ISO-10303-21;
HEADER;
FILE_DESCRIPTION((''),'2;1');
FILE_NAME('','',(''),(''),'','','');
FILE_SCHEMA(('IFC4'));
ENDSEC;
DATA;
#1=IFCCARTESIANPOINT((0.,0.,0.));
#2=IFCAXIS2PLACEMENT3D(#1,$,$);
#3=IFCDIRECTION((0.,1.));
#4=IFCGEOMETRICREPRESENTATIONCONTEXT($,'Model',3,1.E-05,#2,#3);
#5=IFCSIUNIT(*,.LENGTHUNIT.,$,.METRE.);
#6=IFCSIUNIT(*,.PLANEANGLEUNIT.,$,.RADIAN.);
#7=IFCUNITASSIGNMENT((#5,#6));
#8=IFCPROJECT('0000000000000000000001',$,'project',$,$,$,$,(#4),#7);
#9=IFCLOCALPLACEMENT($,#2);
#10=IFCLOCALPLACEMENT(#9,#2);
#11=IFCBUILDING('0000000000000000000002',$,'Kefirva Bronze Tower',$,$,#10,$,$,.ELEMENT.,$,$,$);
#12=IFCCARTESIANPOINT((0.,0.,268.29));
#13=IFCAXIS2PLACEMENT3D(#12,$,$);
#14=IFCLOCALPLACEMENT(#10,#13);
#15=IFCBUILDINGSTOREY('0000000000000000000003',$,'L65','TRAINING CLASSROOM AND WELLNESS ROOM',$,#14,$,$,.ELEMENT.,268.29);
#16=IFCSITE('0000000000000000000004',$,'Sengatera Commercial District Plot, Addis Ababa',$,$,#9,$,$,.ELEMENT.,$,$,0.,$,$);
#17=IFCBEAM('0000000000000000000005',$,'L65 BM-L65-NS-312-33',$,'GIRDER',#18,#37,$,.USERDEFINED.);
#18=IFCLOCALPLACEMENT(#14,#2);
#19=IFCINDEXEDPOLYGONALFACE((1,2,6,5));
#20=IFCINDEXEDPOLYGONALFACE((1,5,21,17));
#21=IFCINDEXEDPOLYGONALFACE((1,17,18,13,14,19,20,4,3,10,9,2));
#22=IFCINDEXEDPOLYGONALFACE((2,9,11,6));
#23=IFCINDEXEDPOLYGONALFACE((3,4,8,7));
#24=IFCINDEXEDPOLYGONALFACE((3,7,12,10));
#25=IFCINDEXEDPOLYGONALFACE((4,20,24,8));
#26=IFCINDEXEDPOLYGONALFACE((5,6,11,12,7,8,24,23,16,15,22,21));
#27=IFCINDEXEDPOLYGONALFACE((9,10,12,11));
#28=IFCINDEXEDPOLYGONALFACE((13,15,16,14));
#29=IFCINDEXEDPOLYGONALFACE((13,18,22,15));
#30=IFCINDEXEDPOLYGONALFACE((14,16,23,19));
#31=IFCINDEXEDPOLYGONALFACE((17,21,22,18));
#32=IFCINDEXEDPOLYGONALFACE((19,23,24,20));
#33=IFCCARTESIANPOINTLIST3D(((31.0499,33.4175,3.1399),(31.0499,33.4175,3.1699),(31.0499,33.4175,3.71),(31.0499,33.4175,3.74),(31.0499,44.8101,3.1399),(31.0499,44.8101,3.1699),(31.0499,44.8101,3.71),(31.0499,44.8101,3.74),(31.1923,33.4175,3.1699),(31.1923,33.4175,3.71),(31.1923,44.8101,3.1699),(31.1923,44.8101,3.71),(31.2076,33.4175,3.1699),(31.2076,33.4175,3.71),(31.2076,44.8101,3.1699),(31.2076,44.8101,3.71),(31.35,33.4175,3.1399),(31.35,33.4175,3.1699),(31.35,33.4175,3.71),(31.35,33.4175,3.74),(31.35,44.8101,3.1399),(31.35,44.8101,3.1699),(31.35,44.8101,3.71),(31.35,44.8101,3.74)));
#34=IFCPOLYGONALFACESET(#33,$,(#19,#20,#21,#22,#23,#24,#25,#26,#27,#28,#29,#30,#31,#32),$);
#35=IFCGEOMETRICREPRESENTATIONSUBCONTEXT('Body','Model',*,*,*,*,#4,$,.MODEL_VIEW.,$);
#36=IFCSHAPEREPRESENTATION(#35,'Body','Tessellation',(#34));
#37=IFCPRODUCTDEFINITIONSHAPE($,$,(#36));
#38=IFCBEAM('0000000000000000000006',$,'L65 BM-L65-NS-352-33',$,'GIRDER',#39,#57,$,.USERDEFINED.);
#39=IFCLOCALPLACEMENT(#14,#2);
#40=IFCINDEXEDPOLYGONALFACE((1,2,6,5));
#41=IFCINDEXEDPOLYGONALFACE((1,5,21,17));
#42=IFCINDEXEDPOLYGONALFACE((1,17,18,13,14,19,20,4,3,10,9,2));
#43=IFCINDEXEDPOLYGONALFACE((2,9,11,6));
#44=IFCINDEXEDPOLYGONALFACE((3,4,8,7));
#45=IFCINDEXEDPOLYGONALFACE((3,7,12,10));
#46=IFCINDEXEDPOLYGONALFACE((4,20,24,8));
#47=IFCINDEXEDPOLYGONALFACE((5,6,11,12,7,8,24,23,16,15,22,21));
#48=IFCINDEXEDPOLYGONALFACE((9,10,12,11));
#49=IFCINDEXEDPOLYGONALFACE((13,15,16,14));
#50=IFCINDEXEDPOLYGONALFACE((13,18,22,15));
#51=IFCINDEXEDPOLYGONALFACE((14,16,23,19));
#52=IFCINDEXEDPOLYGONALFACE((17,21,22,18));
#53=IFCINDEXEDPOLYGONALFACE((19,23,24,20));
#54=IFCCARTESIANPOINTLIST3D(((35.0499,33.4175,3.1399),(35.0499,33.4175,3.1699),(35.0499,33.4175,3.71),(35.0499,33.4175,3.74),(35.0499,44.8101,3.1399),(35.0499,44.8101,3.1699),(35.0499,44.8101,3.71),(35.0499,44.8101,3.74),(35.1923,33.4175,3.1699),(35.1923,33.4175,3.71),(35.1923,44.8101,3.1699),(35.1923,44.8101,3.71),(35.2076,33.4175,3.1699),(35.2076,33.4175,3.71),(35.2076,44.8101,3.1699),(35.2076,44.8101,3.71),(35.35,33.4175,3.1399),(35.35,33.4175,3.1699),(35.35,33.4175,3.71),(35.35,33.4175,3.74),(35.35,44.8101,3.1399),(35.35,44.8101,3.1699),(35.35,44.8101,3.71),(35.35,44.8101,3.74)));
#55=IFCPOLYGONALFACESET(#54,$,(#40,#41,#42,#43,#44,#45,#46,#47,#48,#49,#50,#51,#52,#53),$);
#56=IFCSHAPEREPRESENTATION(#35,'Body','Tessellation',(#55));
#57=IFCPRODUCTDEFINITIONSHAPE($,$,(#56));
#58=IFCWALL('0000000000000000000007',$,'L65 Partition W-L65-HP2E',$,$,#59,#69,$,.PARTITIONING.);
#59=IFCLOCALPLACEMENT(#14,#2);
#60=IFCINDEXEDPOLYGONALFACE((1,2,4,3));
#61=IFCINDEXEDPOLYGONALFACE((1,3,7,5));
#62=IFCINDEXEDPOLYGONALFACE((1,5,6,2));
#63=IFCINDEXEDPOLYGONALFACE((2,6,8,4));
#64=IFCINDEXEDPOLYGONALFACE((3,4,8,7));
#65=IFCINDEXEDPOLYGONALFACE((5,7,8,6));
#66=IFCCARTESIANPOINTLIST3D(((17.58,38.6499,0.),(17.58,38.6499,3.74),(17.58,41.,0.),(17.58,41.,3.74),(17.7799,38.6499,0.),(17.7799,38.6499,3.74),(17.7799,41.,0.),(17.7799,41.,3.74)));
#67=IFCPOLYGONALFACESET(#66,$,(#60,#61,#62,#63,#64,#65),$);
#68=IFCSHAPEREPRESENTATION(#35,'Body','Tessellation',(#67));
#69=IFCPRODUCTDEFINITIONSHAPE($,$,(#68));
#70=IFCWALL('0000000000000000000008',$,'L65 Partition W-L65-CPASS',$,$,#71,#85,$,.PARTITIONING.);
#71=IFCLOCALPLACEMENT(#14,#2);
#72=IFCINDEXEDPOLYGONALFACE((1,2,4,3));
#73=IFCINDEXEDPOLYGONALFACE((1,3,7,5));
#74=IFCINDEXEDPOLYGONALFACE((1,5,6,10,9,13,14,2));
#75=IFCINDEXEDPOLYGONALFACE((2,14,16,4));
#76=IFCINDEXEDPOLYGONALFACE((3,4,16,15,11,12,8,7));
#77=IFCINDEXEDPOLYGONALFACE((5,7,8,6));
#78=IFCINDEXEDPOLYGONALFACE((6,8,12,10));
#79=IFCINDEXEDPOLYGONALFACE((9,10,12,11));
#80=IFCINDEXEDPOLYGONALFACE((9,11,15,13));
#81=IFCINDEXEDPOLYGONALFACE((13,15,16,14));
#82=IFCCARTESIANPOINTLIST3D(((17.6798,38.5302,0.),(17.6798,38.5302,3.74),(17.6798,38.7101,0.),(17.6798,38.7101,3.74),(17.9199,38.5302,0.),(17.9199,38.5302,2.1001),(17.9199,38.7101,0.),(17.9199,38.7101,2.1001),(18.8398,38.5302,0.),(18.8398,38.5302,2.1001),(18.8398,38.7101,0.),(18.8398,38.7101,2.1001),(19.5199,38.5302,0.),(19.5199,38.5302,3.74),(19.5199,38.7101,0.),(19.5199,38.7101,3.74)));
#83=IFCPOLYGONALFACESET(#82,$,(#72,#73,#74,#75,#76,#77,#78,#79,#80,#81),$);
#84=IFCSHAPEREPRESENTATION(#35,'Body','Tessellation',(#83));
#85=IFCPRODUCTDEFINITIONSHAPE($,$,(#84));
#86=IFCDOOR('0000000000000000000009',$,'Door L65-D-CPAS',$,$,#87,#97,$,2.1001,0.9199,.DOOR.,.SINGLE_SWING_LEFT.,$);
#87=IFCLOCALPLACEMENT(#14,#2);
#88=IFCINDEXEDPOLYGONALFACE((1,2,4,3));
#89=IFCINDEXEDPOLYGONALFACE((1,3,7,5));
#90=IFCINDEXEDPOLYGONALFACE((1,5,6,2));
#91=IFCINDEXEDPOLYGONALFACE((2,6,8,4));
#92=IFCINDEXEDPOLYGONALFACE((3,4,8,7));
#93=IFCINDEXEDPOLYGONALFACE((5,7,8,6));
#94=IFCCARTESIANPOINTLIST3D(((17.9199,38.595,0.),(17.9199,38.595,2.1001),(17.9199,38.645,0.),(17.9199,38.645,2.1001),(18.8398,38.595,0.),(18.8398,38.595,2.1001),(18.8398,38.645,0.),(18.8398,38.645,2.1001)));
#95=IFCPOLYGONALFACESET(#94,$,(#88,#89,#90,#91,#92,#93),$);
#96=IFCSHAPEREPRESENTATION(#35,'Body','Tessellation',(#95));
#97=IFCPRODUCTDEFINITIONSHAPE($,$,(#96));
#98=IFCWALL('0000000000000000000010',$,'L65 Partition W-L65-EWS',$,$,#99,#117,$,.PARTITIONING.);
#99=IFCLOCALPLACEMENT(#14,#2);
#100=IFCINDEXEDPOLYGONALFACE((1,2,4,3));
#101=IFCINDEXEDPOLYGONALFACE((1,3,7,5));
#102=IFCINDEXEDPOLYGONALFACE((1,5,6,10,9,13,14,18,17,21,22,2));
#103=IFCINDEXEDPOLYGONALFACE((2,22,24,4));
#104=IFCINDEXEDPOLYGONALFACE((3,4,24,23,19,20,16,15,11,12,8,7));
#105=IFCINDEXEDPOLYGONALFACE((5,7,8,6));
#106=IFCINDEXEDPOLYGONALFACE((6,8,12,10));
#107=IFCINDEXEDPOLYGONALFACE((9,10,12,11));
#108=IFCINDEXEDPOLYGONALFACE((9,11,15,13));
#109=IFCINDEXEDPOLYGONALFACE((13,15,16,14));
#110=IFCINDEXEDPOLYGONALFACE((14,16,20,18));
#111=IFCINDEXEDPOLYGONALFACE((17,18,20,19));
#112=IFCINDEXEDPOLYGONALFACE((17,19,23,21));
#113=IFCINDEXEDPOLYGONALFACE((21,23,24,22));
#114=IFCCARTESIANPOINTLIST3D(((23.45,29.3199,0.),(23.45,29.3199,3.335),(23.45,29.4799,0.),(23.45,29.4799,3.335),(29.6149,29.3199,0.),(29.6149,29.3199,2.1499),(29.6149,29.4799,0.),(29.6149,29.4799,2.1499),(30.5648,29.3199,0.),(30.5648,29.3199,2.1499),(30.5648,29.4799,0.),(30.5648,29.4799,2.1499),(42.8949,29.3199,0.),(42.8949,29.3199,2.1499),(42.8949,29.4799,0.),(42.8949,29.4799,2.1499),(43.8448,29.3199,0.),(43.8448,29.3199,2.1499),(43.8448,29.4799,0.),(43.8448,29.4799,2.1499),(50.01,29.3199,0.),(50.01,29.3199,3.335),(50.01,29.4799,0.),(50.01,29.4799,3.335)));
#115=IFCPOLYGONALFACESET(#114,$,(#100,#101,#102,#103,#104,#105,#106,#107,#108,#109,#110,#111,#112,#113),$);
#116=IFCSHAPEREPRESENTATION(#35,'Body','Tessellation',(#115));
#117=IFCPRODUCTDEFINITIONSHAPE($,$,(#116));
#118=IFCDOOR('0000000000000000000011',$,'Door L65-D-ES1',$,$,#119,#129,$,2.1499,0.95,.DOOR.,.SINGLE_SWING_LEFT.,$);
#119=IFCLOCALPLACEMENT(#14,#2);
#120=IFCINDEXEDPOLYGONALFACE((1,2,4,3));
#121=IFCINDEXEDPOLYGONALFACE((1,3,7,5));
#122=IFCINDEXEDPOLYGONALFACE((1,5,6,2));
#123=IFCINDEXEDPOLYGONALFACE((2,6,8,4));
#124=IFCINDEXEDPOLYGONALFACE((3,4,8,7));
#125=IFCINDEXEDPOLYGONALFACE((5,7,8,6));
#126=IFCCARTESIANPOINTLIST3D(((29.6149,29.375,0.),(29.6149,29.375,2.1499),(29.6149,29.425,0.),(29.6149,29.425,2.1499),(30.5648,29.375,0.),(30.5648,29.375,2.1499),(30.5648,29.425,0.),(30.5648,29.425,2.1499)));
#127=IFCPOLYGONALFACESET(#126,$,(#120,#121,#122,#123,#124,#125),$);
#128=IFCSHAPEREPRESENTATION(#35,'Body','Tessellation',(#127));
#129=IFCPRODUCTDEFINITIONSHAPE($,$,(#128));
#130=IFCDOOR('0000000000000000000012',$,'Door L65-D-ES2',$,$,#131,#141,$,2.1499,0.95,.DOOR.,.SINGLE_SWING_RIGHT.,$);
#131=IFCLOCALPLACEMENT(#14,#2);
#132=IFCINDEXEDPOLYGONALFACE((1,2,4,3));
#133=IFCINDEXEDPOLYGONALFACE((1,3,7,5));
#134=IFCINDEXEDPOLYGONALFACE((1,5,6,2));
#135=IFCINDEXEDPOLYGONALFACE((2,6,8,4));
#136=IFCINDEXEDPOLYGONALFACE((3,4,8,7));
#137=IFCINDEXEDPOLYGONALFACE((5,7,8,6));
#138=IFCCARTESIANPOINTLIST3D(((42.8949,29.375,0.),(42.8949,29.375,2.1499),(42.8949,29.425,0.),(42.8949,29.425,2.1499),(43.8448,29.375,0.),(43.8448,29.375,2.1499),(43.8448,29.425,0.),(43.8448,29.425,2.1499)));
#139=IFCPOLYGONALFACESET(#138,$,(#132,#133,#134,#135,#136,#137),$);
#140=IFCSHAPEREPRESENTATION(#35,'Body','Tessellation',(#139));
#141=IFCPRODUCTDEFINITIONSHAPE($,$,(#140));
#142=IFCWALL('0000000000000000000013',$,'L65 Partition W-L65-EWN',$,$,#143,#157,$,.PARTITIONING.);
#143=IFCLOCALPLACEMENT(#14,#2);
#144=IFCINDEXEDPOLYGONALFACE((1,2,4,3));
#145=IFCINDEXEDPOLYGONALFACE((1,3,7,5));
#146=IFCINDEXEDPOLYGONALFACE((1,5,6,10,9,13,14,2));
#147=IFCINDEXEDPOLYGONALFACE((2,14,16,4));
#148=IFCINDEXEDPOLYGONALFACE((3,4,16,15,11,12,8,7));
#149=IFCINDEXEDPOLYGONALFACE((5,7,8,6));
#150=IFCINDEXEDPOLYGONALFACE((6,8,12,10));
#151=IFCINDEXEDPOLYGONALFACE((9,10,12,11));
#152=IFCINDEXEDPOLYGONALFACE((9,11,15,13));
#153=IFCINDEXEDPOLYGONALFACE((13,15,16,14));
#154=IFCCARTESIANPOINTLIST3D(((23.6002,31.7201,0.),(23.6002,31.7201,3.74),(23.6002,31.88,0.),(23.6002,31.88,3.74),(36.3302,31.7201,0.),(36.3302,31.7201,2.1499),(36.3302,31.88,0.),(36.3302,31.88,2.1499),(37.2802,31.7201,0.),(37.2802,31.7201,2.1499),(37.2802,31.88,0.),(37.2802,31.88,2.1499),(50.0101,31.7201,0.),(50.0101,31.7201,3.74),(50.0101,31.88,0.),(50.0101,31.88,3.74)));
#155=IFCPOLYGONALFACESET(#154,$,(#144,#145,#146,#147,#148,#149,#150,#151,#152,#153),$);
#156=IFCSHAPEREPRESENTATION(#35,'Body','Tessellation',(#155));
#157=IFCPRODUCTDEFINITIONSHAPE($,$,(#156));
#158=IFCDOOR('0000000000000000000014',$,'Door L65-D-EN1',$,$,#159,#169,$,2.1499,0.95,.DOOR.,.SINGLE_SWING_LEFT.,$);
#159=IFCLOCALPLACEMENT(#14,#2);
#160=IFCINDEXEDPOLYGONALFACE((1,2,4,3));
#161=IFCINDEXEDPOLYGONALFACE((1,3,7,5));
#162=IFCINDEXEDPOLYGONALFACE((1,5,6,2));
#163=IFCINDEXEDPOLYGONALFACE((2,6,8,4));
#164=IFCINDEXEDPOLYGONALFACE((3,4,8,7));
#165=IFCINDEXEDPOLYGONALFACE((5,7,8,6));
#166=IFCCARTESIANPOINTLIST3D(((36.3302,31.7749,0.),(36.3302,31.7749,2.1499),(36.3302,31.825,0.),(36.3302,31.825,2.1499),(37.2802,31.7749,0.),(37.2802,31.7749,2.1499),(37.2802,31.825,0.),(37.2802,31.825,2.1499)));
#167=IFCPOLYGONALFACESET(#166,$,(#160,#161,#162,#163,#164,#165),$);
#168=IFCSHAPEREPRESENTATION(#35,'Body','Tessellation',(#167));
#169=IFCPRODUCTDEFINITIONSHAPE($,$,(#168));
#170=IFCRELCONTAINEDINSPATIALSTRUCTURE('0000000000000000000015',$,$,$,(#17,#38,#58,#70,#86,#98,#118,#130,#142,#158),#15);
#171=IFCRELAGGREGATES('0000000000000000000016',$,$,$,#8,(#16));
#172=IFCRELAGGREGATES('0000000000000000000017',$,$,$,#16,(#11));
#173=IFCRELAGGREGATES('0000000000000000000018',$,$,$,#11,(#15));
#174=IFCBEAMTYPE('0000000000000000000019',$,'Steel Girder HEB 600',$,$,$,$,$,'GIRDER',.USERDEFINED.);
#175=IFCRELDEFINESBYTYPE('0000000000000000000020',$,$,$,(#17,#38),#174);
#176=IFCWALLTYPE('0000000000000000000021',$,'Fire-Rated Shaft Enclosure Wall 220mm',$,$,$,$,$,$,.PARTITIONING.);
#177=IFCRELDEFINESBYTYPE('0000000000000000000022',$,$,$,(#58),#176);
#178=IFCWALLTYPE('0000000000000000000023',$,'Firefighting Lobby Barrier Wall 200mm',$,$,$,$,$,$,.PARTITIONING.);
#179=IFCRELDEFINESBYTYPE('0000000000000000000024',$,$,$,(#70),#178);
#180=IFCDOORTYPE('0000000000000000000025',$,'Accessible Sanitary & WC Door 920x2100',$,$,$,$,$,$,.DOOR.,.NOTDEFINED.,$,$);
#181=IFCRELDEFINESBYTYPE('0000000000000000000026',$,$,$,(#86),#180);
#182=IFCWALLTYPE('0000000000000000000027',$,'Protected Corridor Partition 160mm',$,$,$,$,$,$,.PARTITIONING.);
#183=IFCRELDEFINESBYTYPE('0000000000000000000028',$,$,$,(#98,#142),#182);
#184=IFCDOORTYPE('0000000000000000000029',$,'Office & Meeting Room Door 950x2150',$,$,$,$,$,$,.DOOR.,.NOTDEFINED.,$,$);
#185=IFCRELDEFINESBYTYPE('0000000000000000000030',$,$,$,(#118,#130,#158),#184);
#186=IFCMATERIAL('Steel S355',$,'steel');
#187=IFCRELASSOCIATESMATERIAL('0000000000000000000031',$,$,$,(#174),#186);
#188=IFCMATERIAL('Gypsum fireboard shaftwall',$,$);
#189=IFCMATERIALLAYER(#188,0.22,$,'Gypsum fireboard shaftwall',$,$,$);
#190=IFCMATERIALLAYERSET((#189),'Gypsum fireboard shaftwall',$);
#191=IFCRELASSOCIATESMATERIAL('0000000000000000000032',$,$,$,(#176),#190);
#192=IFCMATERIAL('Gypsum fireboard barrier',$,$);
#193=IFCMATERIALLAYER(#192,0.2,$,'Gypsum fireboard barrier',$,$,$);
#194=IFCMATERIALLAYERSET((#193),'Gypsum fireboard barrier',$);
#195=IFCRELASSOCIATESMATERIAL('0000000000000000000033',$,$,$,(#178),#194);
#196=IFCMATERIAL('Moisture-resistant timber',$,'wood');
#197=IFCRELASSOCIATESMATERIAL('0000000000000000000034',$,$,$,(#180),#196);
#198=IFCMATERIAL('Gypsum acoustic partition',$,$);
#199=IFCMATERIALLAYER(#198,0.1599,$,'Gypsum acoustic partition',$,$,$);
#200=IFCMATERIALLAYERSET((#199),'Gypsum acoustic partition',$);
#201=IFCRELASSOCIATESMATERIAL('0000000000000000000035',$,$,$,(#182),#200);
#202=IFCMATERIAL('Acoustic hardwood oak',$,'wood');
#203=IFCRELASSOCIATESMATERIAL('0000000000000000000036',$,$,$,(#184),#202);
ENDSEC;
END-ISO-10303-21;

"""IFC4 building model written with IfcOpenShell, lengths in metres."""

from ifc_helpers import new_model, si_unit, direction, frame, frame_2d, origin, origin_2d, place, context, subcontext, project, spatial, rectangle, i_section, extrude, material, layer, layer_set, material_profile, profile_set, type_object, element, fill, save


model = new_model("IFC4")

# Units and contexts
model_context = context("Model", 3, precision=1e-05, world=origin(), true_north=direction((0.0, 1.0)))
body_context = subcontext(model_context, "Body", "Model", "MODEL_VIEW")
ifc_project = project(units=[si_unit("LENGTHUNIT", "METRE"), si_unit("PLANEANGLEUNIT", "RADIAN")], contexts=[model_context])

# Site, building, storey
site_placement = place(None, origin())
site = spatial("IfcSite", under=ifc_project, at=site_placement, Name="Sengatera Commercial District Plot, Addis Ababa", CompositionType="ELEMENT", RefElevation=0.0)
building_placement = place(site_placement, origin())
building = spatial("IfcBuilding", under=site, at=building_placement, Name="Kefirva Bronze Tower", CompositionType="ELEMENT")
storey_placement = place(building_placement, frame((0.0, 0.0, 268.29)))
storey = spatial("IfcBuildingStorey", under=building, at=storey_placement, Name="L65", Description="TRAINING CLASSROOM AND WELLNESS ROOM", CompositionType="ELEMENT", Elevation=268.29)

# Beams
ifc_material_1 = material(Name="Steel S355", Category="steel")
ifc_material_profile_1 = material_profile(ifc_material_1, i_section(OverallWidth=0.3, OverallDepth=0.6001, WebThickness=0.0154, FlangeThickness=0.03, at=origin_2d()), Name="HEB 600")
ifc_profile_set_1 = profile_set([ifc_material_profile_1], Name="Steel S355")
beam_type_1 = type_object("IfcBeamType", Name="Steel Girder HEB 600", ElementType="GIRDER", PredefinedType="USERDEFINED", material=ifc_profile_set_1)
for number, where, z_axis, x_axis, name in (
    (1, (31.2, 33.4175, 3.4399), (0.0, 1.0, 0.0), (-1.0, 0.0, 0.0), "L65 BM-L65-NS-312-33"),
    (2, (35.2, 33.4175, 3.4399), (0.0, 1.0, 0.0), (-1.0, 0.0, 0.0), "L65 BM-L65-NS-352-33"),
):
    element("IfcBeam", number, at=place(storey_placement, frame(where, z_axis=z_axis, x_axis=x_axis)), inside=storey, type_object=beam_type_1, Name=name, ObjectType="GIRDER", PredefinedType="USERDEFINED", context=body_context, shape_type="SweptSolid", body=[
        extrude(i_section(OverallWidth=0.3, OverallDepth=0.6001, WebThickness=0.0154, FlangeThickness=0.03, at=origin_2d()), origin(), (0.0, 0.0, 1.0), 11.3926),
    ])

# Shared definitions
ifc_material_2 = material(Name="Gypsum fireboard shaftwall")
ifc_layer_1 = layer(ifc_material_2, 0.22, Name="Gypsum fireboard shaftwall")
ifc_layer_set_1 = layer_set([ifc_layer_1], Name="Gypsum fireboard shaftwall")
wall_type_1 = type_object("IfcWallType", Name="Fire-Rated Shaft Enclosure Wall 220mm", PredefinedType="PARTITIONING", material=ifc_layer_set_1)

# Wall
wall_1_placement = place(storey_placement, frame((17.6799, 38.6499, 0.0), z_axis=(0.0, 0.0, 1.0), x_axis=(0.0, 1.0, 0.0)))
element("IfcWall", 3, at=wall_1_placement, inside=storey, type_object=wall_type_1, Name="L65 Partition W-L65-HP2E", PredefinedType="PARTITIONING", context=body_context, shape_type="SweptSolid", body=[
    extrude(rectangle(XDim=2.3501, YDim=0.2, at=frame_2d((1.175, 0.0))), origin(), (0.0, 0.0, 1.0), 3.74),
])

# Wall, opening, door
ifc_material_3 = material(Name="Gypsum fireboard barrier")
ifc_layer_2 = layer(ifc_material_3, 0.2, Name="Gypsum fireboard barrier")
ifc_layer_set_2 = layer_set([ifc_layer_2], Name="Gypsum fireboard barrier")
wall_type_2 = type_object("IfcWallType", Name="Firefighting Lobby Barrier Wall 200mm", PredefinedType="PARTITIONING", material=ifc_layer_set_2)
wall_2_placement = place(storey_placement, frame((17.6799, 38.6201, 0.0), z_axis=(0.0, 0.0, 1.0), x_axis=(1.0, 0.0, 0.0)))
wall_2 = element("IfcWall", 4, at=wall_2_placement, inside=storey, type_object=wall_type_2, Name="L65 Partition W-L65-CPASS", PredefinedType="PARTITIONING", context=body_context, shape_type="SweptSolid", body=[
    extrude(rectangle(XDim=1.8401, YDim=0.1799, at=frame_2d((0.9199, 0.0))), origin(), (0.0, 0.0, 1.0), 3.74),
])
opening_1_placement = place(wall_2_placement, frame((0.24, 0.0, 0.0)))
opening_1 = element("IfcOpeningElement", 5, at=opening_1_placement, cuts=wall_2, PredefinedType="OPENING", context=body_context, shape_type="SweptSolid", body=[
    extrude(rectangle(XDim=0.9199, YDim=2.1001, at=frame_2d((0.46, 1.05))), frame((0.0, 0.1001, 0.0), z_axis=(0.0, -1.0, 0.0), x_axis=(1.0, 0.0, 0.0)), (0.0, 0.0, 1.0), 0.2),
])
ifc_material_4 = material(Name="Moisture-resistant timber", Category="wood")
door_type_1 = type_object("IfcDoorType", Name="Accessible Sanitary & WC Door 920x2100", OperationType="NOTDEFINED", PredefinedType="DOOR", material=ifc_material_4)
door_1_placement = place(opening_1_placement, origin())
door_1 = element("IfcDoor", 6, at=door_1_placement, inside=storey, type_object=door_type_1, Name="Door L65-D-CPAS", OperationType="SINGLE_SWING_LEFT", OverallHeight=2.1001, OverallWidth=0.9199, PredefinedType="DOOR", context=body_context, shape_type="SweptSolid", body=[
    extrude(rectangle(XDim=0.9199, YDim=2.1001, at=frame_2d((0.46, 1.05))), frame((0.0, 0.0249, 0.0), z_axis=(0.0, -1.0, 0.0), x_axis=(1.0, 0.0, 0.0)), (0.0, 0.0, 1.0), 0.05),
])
fill(opening_1, door_1)

# Wall, openings, doors
ifc_material_5 = material(Name="Gypsum acoustic partition")
ifc_layer_3 = layer(ifc_material_5, 0.1599, Name="Gypsum acoustic partition")
ifc_layer_set_3 = layer_set([ifc_layer_3], Name="Gypsum acoustic partition")
wall_type_3 = type_object("IfcWallType", Name="Protected Corridor Partition 160mm", PredefinedType="PARTITIONING", material=ifc_layer_set_3)
wall_3_placement = place(storey_placement, frame((23.45, 29.3999, 0.0), z_axis=(0.0, 0.0, 1.0), x_axis=(1.0, 0.0, 0.0)))
wall_3 = element("IfcWall", 7, at=wall_3_placement, inside=storey, type_object=wall_type_3, Name="L65 Partition W-L65-EWS", PredefinedType="PARTITIONING", context=body_context, shape_type="SweptSolid", body=[
    extrude(rectangle(XDim=26.5601, YDim=0.1599, at=frame_2d((13.28, 0.0))), origin(), (0.0, 0.0, 1.0), 3.335),
])
opening_2_placement = place(wall_3_placement, frame((7.115, 0.0, 0.0), z_axis=(0.0, 0.0, 1.0), x_axis=(-1.0, 0.0, 0.0)))
opening_2 = element("IfcOpeningElement", 8, at=opening_2_placement, cuts=wall_3, PredefinedType="OPENING", context=body_context, shape_type="SweptSolid", body=[
    extrude(rectangle(XDim=0.95, YDim=2.1499, at=frame_2d((0.4751, 1.075))), frame((0.0, 0.0898, 0.0), z_axis=(0.0, -1.0, 0.0), x_axis=(1.0, 0.0, 0.0)), (0.0, 0.0, 1.0), 0.1799),
])
opening_3_placement = place(wall_3_placement, frame((20.395, 0.0, 0.0), z_axis=(0.0, 0.0, 1.0), x_axis=(-1.0, 0.0, 0.0)))
opening_3 = element("IfcOpeningElement", 9, at=opening_3_placement, cuts=wall_3, PredefinedType="OPENING", context=body_context, shape_type="SweptSolid", body=[
    extrude(rectangle(XDim=0.95, YDim=2.1499, at=frame_2d((0.4751, 1.075))), frame((0.0, 0.0898, 0.0), z_axis=(0.0, -1.0, 0.0), x_axis=(1.0, 0.0, 0.0)), (0.0, 0.0, 1.0), 0.1799),
])
ifc_material_6 = material(Name="Acoustic hardwood oak", Category="wood")
door_type_2 = type_object("IfcDoorType", Name="Office & Meeting Room Door 950x2150", OperationType="NOTDEFINED", PredefinedType="DOOR", material=ifc_material_6)
door_2_placement = place(opening_2_placement, origin())
door_2 = element("IfcDoor", 10, at=door_2_placement, inside=storey, type_object=door_type_2, Name="Door L65-D-ES1", OperationType="SINGLE_SWING_LEFT", OverallHeight=2.1499, OverallWidth=0.95, PredefinedType="DOOR", context=body_context, shape_type="SweptSolid", body=[
    extrude(rectangle(XDim=0.95, YDim=2.1499, at=frame_2d((0.4751, 1.075))), frame((0.0, 0.0249, 0.0), z_axis=(0.0, -1.0, 0.0), x_axis=(1.0, 0.0, 0.0)), (0.0, 0.0, 1.0), 0.05),
])
fill(opening_2, door_2)
door_3_placement = place(opening_3_placement, origin())
door_3 = element("IfcDoor", 11, at=door_3_placement, inside=storey, type_object=door_type_2, Name="Door L65-D-ES2", OperationType="SINGLE_SWING_RIGHT", OverallHeight=2.1499, OverallWidth=0.95, PredefinedType="DOOR", context=body_context, shape_type="SweptSolid", body=[
    extrude(rectangle(XDim=0.95, YDim=2.1499, at=frame_2d((0.4751, 1.075))), frame((0.0, 0.0249, 0.0), z_axis=(0.0, -1.0, 0.0), x_axis=(1.0, 0.0, 0.0)), (0.0, 0.0, 1.0), 0.05),
])
fill(opening_3, door_3)

# Wall, opening, door
wall_4_placement = place(storey_placement, frame((23.6001, 31.8, 0.0), z_axis=(0.0, 0.0, 1.0), x_axis=(1.0, 0.0, 0.0)))
wall_4 = element("IfcWall", 12, at=wall_4_placement, inside=storey, type_object=wall_type_3, Name="L65 Partition W-L65-EWN", PredefinedType="PARTITIONING", context=body_context, shape_type="SweptSolid", body=[
    extrude(rectangle(XDim=26.4099, YDim=0.1599, at=frame_2d((13.2051, 0.0))), origin(), (0.0, 0.0, 1.0), 3.74),
])
opening_4_placement = place(wall_4_placement, frame((12.73, 0.0, 0.0)))
opening_4 = element("IfcOpeningElement", 13, at=opening_4_placement, cuts=wall_4, PredefinedType="OPENING", context=body_context, shape_type="SweptSolid", body=[
    extrude(rectangle(XDim=0.95, YDim=2.1499, at=frame_2d((0.4751, 1.075))), frame((0.0, 0.0898, 0.0), z_axis=(0.0, -1.0, 0.0), x_axis=(1.0, 0.0, 0.0)), (0.0, 0.0, 1.0), 0.1799),
])
door_4_placement = place(opening_4_placement, origin())
door_4 = element("IfcDoor", 14, at=door_4_placement, inside=storey, type_object=door_type_2, Name="Door L65-D-EN1", OperationType="SINGLE_SWING_LEFT", OverallHeight=2.1499, OverallWidth=0.95, PredefinedType="DOOR", context=body_context, shape_type="SweptSolid", body=[
    extrude(rectangle(XDim=0.95, YDim=2.1499, at=frame_2d((0.4751, 1.075))), frame((0.0, 0.0249, 0.0), z_axis=(0.0, -1.0, 0.0), x_axis=(1.0, 0.0, 0.0)), (0.0, 0.0, 1.0), 0.05),
])
fill(opening_4, door_4)

save(model, "model.ifc")
